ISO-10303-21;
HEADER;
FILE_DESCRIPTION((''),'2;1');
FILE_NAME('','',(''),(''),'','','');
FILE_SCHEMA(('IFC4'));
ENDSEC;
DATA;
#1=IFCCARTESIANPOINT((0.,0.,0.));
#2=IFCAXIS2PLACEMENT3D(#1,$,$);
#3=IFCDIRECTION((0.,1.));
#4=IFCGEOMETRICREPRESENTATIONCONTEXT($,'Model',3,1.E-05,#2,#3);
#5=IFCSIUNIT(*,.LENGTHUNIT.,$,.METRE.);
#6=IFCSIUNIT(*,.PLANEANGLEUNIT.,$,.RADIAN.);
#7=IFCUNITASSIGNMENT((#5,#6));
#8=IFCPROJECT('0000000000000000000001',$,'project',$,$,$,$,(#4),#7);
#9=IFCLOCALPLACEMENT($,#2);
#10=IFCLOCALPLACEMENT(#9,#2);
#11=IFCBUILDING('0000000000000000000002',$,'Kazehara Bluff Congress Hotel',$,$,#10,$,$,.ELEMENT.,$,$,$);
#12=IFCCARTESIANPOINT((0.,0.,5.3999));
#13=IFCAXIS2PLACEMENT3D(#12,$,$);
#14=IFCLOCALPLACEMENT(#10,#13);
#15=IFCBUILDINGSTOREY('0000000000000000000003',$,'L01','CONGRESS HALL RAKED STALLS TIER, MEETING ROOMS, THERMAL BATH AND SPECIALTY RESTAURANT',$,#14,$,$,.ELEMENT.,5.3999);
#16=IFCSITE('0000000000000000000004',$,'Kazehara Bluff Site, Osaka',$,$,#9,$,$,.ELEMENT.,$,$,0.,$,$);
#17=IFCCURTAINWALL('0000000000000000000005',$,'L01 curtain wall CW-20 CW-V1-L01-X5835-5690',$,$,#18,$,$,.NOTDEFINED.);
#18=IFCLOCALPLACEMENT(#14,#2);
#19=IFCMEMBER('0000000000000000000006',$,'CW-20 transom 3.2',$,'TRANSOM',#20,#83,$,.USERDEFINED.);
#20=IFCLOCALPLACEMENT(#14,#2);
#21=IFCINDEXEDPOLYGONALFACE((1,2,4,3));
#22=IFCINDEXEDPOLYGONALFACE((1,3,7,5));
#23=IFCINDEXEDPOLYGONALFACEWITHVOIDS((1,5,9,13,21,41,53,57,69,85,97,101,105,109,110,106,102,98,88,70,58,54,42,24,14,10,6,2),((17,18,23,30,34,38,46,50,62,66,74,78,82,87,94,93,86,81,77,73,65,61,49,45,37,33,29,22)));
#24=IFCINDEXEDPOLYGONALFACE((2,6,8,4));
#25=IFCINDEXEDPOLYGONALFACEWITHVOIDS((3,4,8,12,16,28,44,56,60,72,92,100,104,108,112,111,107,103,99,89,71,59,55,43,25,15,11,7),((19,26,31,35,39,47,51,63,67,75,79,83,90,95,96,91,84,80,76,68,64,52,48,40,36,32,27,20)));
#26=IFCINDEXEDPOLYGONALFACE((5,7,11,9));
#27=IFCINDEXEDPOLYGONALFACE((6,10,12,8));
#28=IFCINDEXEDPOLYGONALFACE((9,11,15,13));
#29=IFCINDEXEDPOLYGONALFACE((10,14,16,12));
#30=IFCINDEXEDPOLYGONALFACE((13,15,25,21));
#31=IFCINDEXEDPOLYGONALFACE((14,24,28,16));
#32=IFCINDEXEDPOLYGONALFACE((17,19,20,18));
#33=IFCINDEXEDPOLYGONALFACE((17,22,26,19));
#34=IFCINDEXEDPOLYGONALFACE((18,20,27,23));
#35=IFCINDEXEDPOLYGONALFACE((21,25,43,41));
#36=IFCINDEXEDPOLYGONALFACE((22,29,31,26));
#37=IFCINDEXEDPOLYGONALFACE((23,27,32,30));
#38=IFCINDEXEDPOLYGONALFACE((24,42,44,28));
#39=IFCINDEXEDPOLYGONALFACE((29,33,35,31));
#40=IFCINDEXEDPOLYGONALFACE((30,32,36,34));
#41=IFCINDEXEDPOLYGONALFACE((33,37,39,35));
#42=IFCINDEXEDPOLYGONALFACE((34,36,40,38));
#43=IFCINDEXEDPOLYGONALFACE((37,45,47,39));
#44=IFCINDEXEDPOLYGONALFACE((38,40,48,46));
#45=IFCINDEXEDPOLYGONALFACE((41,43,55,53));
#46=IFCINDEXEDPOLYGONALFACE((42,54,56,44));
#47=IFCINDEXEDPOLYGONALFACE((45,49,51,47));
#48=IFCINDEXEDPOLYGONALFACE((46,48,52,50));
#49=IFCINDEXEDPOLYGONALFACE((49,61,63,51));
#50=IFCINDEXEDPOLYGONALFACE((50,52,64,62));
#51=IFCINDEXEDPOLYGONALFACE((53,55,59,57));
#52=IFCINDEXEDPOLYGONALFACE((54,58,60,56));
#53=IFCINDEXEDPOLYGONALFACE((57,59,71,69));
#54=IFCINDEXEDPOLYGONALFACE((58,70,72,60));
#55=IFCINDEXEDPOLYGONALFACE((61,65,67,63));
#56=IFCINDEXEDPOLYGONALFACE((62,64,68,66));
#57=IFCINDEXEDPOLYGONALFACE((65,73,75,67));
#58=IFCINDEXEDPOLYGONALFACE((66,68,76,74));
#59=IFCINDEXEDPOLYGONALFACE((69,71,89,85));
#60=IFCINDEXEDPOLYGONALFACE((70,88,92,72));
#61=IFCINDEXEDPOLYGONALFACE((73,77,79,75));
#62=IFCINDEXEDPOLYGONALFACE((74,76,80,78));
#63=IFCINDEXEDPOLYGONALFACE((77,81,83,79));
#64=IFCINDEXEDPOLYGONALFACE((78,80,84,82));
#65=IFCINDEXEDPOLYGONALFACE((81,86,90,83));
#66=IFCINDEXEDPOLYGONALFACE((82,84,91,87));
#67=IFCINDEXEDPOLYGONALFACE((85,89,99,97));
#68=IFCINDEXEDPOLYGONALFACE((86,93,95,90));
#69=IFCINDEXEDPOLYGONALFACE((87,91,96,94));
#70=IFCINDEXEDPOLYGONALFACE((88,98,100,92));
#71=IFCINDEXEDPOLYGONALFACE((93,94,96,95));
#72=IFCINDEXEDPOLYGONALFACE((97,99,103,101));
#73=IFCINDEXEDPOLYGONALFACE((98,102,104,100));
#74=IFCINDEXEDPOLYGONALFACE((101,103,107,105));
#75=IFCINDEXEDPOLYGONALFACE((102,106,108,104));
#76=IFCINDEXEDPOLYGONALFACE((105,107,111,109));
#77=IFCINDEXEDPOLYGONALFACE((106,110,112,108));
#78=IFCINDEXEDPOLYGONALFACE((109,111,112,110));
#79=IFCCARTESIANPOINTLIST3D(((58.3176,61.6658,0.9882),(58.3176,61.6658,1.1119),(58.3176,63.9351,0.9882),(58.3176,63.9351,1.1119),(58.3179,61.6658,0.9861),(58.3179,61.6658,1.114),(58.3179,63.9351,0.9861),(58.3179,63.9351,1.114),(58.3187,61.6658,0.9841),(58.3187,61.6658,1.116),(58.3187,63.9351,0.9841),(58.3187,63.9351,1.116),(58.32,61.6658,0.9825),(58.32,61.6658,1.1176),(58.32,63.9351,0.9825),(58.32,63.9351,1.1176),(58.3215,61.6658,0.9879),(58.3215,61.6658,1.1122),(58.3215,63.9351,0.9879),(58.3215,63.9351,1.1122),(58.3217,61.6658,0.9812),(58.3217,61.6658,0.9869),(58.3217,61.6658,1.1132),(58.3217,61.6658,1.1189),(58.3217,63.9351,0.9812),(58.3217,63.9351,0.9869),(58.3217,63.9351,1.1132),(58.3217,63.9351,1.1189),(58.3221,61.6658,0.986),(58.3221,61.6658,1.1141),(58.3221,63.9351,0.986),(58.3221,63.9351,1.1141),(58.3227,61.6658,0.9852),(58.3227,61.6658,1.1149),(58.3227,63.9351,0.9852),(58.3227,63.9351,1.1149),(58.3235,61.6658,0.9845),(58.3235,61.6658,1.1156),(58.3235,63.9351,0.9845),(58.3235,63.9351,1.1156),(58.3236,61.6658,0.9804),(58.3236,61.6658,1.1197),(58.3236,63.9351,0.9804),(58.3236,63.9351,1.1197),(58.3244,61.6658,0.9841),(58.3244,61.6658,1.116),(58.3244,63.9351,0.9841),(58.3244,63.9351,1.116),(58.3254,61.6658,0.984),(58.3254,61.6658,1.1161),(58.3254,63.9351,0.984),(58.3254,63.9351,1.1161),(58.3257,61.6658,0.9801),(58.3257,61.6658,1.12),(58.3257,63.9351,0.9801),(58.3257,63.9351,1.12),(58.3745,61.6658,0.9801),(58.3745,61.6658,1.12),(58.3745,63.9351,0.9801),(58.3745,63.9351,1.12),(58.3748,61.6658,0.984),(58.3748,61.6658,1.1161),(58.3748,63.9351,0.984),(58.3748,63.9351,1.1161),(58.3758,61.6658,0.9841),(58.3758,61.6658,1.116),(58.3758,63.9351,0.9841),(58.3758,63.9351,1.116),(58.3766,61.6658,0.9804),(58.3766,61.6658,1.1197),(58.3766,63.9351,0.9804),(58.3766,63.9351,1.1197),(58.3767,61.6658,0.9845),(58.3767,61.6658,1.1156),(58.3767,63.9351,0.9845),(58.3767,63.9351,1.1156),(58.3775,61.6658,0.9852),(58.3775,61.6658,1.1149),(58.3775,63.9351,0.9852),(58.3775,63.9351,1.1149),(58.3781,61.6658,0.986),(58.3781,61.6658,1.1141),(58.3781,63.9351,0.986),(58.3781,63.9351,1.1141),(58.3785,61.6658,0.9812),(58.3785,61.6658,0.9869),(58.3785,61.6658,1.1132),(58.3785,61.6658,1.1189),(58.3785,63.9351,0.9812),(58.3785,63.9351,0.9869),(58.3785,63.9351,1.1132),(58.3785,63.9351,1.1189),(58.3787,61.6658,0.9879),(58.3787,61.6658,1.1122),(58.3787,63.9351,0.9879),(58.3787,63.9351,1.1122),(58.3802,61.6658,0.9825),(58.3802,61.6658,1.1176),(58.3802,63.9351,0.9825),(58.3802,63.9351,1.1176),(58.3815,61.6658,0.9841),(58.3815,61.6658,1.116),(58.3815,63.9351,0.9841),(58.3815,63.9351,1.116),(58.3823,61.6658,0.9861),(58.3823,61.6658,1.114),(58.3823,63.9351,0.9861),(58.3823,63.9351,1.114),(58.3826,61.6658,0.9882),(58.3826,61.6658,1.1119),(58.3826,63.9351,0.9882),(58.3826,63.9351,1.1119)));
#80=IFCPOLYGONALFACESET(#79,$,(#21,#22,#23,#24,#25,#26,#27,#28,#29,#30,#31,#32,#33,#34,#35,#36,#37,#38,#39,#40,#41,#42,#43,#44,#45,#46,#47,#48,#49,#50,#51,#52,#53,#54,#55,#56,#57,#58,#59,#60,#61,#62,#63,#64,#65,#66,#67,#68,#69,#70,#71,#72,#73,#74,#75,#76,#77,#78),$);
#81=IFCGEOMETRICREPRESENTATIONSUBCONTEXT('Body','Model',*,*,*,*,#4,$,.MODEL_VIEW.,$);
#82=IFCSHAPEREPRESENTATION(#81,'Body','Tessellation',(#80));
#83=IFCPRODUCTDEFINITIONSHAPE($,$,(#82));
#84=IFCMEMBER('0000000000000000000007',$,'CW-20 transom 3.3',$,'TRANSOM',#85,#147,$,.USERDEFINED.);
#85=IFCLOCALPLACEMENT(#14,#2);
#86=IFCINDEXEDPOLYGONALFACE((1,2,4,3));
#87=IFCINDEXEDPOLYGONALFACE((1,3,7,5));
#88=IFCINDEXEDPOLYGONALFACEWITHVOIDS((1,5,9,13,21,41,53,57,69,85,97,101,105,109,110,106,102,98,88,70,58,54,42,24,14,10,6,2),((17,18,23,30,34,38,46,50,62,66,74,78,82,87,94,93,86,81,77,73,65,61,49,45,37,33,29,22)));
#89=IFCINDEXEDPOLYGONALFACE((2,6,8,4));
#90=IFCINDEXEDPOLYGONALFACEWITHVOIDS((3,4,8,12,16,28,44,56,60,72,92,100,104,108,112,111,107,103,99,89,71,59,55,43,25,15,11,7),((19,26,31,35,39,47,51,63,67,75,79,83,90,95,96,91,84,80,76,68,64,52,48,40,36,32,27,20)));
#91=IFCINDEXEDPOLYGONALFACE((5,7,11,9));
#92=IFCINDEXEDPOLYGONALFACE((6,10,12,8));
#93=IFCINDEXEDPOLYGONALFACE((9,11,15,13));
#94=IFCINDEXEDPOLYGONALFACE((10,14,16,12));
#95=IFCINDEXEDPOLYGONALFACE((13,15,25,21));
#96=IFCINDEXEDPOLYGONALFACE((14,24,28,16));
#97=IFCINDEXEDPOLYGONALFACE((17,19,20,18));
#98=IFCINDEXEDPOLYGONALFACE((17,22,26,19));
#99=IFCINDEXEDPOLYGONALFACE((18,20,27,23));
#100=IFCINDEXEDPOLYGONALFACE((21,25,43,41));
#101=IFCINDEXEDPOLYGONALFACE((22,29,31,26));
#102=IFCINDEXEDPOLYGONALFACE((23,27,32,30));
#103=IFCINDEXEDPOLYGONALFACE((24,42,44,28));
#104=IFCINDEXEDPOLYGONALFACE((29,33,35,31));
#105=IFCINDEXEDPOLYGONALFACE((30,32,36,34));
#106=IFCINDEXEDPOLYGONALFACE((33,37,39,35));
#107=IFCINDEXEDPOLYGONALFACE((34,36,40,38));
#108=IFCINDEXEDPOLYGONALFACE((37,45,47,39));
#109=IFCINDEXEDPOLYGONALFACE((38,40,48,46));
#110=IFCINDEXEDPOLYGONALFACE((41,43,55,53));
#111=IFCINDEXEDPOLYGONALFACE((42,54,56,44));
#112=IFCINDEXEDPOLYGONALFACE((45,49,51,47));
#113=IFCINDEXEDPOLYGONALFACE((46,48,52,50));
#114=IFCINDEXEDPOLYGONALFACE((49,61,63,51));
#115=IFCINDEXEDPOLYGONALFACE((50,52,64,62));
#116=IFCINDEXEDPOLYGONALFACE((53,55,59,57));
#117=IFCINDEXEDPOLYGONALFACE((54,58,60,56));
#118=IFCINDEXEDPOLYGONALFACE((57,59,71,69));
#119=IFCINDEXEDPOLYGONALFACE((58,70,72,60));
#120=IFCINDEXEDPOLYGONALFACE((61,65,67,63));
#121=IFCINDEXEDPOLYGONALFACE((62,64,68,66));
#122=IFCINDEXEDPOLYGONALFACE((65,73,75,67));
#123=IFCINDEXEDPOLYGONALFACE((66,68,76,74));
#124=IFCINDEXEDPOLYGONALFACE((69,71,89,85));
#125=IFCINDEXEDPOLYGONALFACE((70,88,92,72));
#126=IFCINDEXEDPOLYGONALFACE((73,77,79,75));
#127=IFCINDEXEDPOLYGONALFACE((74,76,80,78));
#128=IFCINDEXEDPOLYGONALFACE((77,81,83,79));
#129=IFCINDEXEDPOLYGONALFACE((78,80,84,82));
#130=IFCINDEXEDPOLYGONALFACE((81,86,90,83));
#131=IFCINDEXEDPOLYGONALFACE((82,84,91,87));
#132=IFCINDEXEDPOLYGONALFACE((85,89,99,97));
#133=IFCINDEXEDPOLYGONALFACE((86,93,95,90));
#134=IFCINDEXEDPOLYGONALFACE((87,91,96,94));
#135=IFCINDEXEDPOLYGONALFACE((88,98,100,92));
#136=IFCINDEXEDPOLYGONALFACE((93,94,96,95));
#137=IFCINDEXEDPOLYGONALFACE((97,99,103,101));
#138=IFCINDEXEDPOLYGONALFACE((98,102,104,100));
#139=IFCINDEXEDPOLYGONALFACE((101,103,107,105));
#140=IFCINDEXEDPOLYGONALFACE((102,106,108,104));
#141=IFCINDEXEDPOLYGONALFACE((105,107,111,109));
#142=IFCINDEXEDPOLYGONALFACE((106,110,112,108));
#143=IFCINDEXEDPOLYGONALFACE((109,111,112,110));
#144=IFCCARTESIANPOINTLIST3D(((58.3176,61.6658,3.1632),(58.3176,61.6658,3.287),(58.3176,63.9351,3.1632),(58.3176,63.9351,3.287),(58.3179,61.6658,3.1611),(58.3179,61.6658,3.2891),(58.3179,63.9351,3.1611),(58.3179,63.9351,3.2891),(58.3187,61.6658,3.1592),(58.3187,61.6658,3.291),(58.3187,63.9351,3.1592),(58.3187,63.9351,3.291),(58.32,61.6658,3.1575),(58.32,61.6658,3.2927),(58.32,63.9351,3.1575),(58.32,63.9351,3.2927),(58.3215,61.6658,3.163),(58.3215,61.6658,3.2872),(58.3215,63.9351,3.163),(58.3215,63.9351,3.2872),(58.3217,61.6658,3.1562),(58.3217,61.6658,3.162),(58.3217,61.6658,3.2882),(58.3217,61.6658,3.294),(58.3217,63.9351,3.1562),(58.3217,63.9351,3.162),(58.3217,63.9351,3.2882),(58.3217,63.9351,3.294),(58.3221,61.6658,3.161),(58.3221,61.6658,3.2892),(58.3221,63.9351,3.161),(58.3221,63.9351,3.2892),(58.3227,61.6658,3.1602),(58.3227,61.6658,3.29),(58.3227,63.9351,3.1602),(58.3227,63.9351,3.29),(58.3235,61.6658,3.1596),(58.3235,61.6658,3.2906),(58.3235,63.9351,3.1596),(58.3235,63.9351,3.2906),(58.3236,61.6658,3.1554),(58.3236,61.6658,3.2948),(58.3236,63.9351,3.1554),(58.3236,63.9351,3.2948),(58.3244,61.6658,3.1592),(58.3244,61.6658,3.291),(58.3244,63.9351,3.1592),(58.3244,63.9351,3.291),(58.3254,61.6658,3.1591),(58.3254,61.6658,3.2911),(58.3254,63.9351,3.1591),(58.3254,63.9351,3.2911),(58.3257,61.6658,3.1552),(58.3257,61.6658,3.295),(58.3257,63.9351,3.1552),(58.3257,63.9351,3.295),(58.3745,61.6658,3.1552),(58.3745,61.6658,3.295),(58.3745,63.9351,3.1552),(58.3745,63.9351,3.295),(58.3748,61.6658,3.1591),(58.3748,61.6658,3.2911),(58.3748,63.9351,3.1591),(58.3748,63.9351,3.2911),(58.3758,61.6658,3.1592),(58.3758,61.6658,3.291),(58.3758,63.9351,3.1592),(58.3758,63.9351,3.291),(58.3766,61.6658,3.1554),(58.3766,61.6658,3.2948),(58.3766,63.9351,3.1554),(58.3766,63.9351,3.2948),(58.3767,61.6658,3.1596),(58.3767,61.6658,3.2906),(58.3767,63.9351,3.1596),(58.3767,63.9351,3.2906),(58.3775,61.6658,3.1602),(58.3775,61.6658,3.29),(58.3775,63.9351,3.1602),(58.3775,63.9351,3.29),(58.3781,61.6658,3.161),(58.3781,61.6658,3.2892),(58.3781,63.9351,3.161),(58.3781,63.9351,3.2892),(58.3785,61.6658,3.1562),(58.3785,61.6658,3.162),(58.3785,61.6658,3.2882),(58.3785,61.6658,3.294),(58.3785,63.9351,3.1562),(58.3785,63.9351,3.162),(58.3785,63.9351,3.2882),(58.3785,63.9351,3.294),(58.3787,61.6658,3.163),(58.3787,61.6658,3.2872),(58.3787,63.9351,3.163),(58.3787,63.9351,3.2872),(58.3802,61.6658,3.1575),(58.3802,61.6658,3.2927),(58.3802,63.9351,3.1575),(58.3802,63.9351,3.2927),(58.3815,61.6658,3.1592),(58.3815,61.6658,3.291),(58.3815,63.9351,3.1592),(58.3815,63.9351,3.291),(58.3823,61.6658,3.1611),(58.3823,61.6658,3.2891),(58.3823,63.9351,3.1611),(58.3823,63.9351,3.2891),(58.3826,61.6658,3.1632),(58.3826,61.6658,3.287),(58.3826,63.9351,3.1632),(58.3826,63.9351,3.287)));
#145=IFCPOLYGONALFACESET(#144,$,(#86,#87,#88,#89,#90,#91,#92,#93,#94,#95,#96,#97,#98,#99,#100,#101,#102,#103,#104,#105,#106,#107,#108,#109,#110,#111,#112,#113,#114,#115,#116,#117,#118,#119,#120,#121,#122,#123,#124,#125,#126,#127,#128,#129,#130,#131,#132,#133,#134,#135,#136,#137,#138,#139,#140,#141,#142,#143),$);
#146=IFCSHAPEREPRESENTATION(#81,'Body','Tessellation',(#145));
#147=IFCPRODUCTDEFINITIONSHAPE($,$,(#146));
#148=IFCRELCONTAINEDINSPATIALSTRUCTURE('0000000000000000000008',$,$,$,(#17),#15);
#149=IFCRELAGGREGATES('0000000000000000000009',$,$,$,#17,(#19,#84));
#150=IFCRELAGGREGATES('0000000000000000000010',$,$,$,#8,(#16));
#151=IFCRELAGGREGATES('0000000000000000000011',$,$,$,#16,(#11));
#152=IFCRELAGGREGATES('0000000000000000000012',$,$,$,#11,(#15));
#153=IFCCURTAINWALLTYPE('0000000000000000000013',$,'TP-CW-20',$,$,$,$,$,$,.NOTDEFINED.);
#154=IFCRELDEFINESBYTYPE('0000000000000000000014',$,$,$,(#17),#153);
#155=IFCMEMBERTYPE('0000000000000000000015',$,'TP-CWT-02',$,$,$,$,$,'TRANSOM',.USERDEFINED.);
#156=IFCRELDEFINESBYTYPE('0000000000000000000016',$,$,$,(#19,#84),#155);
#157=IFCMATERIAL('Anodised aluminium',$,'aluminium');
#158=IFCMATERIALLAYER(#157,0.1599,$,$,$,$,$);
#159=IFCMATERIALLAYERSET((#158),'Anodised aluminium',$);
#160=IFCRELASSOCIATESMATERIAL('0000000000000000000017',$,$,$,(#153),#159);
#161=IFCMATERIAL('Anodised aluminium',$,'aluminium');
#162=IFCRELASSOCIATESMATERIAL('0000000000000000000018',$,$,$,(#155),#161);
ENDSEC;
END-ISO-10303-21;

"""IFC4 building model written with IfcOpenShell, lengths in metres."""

from ifc_helpers import new_model, si_unit, direction, frame, origin, origin_2d, place, context, subcontext, project, spatial, hollow_rectangle, extrude, material, layer, layer_set, material_profile, profile_set, type_object, element, aggregate, save


model = new_model("IFC4")

# Units and contexts
model_context = context("Model", 3, precision=1e-05, world=origin(), true_north=direction((0.0, 1.0)))
body_context = subcontext(model_context, "Body", "Model", "MODEL_VIEW")
ifc_project = project(units=[si_unit("LENGTHUNIT", "METRE"), si_unit("PLANEANGLEUNIT", "RADIAN")], contexts=[model_context])

# Site, building, storey
site_placement = place(None, origin())
site = spatial("IfcSite", under=ifc_project, at=site_placement, Name="Kazehara Bluff Site, Osaka", CompositionType="ELEMENT", RefElevation=0.0)
building_placement = place(site_placement, origin())
building = spatial("IfcBuilding", under=site, at=building_placement, Name="Kazehara Bluff Congress Hotel", CompositionType="ELEMENT")
storey_placement = place(building_placement, frame((0.0, 0.0, 5.3999)))
storey = spatial("IfcBuildingStorey", under=building, at=storey_placement, Name="L01", Description="CONGRESS HALL RAKED STALLS TIER, MEETING ROOMS, THERMAL BATH AND SPECIALTY RESTAURANT", CompositionType="ELEMENT", Elevation=5.3999)

# Curtain wall
ifc_material_1 = material(Name="Anodised aluminium", Category="aluminium")
ifc_layer_1 = layer(ifc_material_1, 0.1599)
ifc_layer_set_1 = layer_set([ifc_layer_1], Name="Anodised aluminium")
curtain_wall_type = type_object("IfcCurtainWallType", Name="TP-CW-20", PredefinedType="NOTDEFINED", material=ifc_layer_set_1)
curtain_wall_1_placement = place(storey_placement, origin())
curtain_wall_1 = element("IfcCurtainWall", 1, at=curtain_wall_1_placement, inside=storey, type_object=curtain_wall_type, Name="L01 curtain wall CW-20 CW-V1-L01-X5835-5690", PredefinedType="NOTDEFINED")

# Members
ifc_material_2 = material(Name="Anodised aluminium", Category="aluminium")
ifc_material_profile_1 = material_profile(ifc_material_2, hollow_rectangle(XDim=0.0649, YDim=0.1399, WallThickness=0.0039, InnerFilletRadius=0.0039, OuterFilletRadius=0.0081, at=origin_2d()))
ifc_profile_set_1 = profile_set([ifc_material_profile_1], Name="Anodised aluminium")
member_type_1 = type_object("IfcMemberType", Name="TP-CWT-02", ElementType="TRANSOM", PredefinedType="USERDEFINED", material=ifc_profile_set_1)
member_1_placement = place(storey_placement, frame((58.3501, 61.6658, 1.05), z_axis=(0.0, 1.0, 0.0), x_axis=(-1.0, 0.0, 0.0)))
member_1 = element("IfcMember", 2, at=member_1_placement, type_object=member_type_1, Name="CW-20 transom 3.2", ObjectType="TRANSOM", PredefinedType="USERDEFINED", context=body_context, shape_type="SweptSolid", body=[
    extrude(hollow_rectangle(XDim=0.0649, YDim=0.1399, WallThickness=0.0039, InnerFilletRadius=0.0039, OuterFilletRadius=0.0081, at=origin_2d()), origin(), (0.0, 0.0, 1.0), 2.2693),
])
member_2_placement = place(storey_placement, frame((58.3501, 61.6658, 3.2251), z_axis=(0.0, 1.0, 0.0), x_axis=(-1.0, 0.0, 0.0)))
member_2 = element("IfcMember", 3, at=member_2_placement, type_object=member_type_1, Name="CW-20 transom 3.3", ObjectType="TRANSOM", PredefinedType="USERDEFINED", context=body_context, shape_type="SweptSolid", body=[
    extrude(hollow_rectangle(XDim=0.0649, YDim=0.1399, WallThickness=0.0039, InnerFilletRadius=0.0039, OuterFilletRadius=0.0081, at=origin_2d()), origin(), (0.0, 0.0, 1.0), 2.2693),
])

aggregate(curtain_wall_1, [member_1, member_2])

save(model, "model.ifc")
